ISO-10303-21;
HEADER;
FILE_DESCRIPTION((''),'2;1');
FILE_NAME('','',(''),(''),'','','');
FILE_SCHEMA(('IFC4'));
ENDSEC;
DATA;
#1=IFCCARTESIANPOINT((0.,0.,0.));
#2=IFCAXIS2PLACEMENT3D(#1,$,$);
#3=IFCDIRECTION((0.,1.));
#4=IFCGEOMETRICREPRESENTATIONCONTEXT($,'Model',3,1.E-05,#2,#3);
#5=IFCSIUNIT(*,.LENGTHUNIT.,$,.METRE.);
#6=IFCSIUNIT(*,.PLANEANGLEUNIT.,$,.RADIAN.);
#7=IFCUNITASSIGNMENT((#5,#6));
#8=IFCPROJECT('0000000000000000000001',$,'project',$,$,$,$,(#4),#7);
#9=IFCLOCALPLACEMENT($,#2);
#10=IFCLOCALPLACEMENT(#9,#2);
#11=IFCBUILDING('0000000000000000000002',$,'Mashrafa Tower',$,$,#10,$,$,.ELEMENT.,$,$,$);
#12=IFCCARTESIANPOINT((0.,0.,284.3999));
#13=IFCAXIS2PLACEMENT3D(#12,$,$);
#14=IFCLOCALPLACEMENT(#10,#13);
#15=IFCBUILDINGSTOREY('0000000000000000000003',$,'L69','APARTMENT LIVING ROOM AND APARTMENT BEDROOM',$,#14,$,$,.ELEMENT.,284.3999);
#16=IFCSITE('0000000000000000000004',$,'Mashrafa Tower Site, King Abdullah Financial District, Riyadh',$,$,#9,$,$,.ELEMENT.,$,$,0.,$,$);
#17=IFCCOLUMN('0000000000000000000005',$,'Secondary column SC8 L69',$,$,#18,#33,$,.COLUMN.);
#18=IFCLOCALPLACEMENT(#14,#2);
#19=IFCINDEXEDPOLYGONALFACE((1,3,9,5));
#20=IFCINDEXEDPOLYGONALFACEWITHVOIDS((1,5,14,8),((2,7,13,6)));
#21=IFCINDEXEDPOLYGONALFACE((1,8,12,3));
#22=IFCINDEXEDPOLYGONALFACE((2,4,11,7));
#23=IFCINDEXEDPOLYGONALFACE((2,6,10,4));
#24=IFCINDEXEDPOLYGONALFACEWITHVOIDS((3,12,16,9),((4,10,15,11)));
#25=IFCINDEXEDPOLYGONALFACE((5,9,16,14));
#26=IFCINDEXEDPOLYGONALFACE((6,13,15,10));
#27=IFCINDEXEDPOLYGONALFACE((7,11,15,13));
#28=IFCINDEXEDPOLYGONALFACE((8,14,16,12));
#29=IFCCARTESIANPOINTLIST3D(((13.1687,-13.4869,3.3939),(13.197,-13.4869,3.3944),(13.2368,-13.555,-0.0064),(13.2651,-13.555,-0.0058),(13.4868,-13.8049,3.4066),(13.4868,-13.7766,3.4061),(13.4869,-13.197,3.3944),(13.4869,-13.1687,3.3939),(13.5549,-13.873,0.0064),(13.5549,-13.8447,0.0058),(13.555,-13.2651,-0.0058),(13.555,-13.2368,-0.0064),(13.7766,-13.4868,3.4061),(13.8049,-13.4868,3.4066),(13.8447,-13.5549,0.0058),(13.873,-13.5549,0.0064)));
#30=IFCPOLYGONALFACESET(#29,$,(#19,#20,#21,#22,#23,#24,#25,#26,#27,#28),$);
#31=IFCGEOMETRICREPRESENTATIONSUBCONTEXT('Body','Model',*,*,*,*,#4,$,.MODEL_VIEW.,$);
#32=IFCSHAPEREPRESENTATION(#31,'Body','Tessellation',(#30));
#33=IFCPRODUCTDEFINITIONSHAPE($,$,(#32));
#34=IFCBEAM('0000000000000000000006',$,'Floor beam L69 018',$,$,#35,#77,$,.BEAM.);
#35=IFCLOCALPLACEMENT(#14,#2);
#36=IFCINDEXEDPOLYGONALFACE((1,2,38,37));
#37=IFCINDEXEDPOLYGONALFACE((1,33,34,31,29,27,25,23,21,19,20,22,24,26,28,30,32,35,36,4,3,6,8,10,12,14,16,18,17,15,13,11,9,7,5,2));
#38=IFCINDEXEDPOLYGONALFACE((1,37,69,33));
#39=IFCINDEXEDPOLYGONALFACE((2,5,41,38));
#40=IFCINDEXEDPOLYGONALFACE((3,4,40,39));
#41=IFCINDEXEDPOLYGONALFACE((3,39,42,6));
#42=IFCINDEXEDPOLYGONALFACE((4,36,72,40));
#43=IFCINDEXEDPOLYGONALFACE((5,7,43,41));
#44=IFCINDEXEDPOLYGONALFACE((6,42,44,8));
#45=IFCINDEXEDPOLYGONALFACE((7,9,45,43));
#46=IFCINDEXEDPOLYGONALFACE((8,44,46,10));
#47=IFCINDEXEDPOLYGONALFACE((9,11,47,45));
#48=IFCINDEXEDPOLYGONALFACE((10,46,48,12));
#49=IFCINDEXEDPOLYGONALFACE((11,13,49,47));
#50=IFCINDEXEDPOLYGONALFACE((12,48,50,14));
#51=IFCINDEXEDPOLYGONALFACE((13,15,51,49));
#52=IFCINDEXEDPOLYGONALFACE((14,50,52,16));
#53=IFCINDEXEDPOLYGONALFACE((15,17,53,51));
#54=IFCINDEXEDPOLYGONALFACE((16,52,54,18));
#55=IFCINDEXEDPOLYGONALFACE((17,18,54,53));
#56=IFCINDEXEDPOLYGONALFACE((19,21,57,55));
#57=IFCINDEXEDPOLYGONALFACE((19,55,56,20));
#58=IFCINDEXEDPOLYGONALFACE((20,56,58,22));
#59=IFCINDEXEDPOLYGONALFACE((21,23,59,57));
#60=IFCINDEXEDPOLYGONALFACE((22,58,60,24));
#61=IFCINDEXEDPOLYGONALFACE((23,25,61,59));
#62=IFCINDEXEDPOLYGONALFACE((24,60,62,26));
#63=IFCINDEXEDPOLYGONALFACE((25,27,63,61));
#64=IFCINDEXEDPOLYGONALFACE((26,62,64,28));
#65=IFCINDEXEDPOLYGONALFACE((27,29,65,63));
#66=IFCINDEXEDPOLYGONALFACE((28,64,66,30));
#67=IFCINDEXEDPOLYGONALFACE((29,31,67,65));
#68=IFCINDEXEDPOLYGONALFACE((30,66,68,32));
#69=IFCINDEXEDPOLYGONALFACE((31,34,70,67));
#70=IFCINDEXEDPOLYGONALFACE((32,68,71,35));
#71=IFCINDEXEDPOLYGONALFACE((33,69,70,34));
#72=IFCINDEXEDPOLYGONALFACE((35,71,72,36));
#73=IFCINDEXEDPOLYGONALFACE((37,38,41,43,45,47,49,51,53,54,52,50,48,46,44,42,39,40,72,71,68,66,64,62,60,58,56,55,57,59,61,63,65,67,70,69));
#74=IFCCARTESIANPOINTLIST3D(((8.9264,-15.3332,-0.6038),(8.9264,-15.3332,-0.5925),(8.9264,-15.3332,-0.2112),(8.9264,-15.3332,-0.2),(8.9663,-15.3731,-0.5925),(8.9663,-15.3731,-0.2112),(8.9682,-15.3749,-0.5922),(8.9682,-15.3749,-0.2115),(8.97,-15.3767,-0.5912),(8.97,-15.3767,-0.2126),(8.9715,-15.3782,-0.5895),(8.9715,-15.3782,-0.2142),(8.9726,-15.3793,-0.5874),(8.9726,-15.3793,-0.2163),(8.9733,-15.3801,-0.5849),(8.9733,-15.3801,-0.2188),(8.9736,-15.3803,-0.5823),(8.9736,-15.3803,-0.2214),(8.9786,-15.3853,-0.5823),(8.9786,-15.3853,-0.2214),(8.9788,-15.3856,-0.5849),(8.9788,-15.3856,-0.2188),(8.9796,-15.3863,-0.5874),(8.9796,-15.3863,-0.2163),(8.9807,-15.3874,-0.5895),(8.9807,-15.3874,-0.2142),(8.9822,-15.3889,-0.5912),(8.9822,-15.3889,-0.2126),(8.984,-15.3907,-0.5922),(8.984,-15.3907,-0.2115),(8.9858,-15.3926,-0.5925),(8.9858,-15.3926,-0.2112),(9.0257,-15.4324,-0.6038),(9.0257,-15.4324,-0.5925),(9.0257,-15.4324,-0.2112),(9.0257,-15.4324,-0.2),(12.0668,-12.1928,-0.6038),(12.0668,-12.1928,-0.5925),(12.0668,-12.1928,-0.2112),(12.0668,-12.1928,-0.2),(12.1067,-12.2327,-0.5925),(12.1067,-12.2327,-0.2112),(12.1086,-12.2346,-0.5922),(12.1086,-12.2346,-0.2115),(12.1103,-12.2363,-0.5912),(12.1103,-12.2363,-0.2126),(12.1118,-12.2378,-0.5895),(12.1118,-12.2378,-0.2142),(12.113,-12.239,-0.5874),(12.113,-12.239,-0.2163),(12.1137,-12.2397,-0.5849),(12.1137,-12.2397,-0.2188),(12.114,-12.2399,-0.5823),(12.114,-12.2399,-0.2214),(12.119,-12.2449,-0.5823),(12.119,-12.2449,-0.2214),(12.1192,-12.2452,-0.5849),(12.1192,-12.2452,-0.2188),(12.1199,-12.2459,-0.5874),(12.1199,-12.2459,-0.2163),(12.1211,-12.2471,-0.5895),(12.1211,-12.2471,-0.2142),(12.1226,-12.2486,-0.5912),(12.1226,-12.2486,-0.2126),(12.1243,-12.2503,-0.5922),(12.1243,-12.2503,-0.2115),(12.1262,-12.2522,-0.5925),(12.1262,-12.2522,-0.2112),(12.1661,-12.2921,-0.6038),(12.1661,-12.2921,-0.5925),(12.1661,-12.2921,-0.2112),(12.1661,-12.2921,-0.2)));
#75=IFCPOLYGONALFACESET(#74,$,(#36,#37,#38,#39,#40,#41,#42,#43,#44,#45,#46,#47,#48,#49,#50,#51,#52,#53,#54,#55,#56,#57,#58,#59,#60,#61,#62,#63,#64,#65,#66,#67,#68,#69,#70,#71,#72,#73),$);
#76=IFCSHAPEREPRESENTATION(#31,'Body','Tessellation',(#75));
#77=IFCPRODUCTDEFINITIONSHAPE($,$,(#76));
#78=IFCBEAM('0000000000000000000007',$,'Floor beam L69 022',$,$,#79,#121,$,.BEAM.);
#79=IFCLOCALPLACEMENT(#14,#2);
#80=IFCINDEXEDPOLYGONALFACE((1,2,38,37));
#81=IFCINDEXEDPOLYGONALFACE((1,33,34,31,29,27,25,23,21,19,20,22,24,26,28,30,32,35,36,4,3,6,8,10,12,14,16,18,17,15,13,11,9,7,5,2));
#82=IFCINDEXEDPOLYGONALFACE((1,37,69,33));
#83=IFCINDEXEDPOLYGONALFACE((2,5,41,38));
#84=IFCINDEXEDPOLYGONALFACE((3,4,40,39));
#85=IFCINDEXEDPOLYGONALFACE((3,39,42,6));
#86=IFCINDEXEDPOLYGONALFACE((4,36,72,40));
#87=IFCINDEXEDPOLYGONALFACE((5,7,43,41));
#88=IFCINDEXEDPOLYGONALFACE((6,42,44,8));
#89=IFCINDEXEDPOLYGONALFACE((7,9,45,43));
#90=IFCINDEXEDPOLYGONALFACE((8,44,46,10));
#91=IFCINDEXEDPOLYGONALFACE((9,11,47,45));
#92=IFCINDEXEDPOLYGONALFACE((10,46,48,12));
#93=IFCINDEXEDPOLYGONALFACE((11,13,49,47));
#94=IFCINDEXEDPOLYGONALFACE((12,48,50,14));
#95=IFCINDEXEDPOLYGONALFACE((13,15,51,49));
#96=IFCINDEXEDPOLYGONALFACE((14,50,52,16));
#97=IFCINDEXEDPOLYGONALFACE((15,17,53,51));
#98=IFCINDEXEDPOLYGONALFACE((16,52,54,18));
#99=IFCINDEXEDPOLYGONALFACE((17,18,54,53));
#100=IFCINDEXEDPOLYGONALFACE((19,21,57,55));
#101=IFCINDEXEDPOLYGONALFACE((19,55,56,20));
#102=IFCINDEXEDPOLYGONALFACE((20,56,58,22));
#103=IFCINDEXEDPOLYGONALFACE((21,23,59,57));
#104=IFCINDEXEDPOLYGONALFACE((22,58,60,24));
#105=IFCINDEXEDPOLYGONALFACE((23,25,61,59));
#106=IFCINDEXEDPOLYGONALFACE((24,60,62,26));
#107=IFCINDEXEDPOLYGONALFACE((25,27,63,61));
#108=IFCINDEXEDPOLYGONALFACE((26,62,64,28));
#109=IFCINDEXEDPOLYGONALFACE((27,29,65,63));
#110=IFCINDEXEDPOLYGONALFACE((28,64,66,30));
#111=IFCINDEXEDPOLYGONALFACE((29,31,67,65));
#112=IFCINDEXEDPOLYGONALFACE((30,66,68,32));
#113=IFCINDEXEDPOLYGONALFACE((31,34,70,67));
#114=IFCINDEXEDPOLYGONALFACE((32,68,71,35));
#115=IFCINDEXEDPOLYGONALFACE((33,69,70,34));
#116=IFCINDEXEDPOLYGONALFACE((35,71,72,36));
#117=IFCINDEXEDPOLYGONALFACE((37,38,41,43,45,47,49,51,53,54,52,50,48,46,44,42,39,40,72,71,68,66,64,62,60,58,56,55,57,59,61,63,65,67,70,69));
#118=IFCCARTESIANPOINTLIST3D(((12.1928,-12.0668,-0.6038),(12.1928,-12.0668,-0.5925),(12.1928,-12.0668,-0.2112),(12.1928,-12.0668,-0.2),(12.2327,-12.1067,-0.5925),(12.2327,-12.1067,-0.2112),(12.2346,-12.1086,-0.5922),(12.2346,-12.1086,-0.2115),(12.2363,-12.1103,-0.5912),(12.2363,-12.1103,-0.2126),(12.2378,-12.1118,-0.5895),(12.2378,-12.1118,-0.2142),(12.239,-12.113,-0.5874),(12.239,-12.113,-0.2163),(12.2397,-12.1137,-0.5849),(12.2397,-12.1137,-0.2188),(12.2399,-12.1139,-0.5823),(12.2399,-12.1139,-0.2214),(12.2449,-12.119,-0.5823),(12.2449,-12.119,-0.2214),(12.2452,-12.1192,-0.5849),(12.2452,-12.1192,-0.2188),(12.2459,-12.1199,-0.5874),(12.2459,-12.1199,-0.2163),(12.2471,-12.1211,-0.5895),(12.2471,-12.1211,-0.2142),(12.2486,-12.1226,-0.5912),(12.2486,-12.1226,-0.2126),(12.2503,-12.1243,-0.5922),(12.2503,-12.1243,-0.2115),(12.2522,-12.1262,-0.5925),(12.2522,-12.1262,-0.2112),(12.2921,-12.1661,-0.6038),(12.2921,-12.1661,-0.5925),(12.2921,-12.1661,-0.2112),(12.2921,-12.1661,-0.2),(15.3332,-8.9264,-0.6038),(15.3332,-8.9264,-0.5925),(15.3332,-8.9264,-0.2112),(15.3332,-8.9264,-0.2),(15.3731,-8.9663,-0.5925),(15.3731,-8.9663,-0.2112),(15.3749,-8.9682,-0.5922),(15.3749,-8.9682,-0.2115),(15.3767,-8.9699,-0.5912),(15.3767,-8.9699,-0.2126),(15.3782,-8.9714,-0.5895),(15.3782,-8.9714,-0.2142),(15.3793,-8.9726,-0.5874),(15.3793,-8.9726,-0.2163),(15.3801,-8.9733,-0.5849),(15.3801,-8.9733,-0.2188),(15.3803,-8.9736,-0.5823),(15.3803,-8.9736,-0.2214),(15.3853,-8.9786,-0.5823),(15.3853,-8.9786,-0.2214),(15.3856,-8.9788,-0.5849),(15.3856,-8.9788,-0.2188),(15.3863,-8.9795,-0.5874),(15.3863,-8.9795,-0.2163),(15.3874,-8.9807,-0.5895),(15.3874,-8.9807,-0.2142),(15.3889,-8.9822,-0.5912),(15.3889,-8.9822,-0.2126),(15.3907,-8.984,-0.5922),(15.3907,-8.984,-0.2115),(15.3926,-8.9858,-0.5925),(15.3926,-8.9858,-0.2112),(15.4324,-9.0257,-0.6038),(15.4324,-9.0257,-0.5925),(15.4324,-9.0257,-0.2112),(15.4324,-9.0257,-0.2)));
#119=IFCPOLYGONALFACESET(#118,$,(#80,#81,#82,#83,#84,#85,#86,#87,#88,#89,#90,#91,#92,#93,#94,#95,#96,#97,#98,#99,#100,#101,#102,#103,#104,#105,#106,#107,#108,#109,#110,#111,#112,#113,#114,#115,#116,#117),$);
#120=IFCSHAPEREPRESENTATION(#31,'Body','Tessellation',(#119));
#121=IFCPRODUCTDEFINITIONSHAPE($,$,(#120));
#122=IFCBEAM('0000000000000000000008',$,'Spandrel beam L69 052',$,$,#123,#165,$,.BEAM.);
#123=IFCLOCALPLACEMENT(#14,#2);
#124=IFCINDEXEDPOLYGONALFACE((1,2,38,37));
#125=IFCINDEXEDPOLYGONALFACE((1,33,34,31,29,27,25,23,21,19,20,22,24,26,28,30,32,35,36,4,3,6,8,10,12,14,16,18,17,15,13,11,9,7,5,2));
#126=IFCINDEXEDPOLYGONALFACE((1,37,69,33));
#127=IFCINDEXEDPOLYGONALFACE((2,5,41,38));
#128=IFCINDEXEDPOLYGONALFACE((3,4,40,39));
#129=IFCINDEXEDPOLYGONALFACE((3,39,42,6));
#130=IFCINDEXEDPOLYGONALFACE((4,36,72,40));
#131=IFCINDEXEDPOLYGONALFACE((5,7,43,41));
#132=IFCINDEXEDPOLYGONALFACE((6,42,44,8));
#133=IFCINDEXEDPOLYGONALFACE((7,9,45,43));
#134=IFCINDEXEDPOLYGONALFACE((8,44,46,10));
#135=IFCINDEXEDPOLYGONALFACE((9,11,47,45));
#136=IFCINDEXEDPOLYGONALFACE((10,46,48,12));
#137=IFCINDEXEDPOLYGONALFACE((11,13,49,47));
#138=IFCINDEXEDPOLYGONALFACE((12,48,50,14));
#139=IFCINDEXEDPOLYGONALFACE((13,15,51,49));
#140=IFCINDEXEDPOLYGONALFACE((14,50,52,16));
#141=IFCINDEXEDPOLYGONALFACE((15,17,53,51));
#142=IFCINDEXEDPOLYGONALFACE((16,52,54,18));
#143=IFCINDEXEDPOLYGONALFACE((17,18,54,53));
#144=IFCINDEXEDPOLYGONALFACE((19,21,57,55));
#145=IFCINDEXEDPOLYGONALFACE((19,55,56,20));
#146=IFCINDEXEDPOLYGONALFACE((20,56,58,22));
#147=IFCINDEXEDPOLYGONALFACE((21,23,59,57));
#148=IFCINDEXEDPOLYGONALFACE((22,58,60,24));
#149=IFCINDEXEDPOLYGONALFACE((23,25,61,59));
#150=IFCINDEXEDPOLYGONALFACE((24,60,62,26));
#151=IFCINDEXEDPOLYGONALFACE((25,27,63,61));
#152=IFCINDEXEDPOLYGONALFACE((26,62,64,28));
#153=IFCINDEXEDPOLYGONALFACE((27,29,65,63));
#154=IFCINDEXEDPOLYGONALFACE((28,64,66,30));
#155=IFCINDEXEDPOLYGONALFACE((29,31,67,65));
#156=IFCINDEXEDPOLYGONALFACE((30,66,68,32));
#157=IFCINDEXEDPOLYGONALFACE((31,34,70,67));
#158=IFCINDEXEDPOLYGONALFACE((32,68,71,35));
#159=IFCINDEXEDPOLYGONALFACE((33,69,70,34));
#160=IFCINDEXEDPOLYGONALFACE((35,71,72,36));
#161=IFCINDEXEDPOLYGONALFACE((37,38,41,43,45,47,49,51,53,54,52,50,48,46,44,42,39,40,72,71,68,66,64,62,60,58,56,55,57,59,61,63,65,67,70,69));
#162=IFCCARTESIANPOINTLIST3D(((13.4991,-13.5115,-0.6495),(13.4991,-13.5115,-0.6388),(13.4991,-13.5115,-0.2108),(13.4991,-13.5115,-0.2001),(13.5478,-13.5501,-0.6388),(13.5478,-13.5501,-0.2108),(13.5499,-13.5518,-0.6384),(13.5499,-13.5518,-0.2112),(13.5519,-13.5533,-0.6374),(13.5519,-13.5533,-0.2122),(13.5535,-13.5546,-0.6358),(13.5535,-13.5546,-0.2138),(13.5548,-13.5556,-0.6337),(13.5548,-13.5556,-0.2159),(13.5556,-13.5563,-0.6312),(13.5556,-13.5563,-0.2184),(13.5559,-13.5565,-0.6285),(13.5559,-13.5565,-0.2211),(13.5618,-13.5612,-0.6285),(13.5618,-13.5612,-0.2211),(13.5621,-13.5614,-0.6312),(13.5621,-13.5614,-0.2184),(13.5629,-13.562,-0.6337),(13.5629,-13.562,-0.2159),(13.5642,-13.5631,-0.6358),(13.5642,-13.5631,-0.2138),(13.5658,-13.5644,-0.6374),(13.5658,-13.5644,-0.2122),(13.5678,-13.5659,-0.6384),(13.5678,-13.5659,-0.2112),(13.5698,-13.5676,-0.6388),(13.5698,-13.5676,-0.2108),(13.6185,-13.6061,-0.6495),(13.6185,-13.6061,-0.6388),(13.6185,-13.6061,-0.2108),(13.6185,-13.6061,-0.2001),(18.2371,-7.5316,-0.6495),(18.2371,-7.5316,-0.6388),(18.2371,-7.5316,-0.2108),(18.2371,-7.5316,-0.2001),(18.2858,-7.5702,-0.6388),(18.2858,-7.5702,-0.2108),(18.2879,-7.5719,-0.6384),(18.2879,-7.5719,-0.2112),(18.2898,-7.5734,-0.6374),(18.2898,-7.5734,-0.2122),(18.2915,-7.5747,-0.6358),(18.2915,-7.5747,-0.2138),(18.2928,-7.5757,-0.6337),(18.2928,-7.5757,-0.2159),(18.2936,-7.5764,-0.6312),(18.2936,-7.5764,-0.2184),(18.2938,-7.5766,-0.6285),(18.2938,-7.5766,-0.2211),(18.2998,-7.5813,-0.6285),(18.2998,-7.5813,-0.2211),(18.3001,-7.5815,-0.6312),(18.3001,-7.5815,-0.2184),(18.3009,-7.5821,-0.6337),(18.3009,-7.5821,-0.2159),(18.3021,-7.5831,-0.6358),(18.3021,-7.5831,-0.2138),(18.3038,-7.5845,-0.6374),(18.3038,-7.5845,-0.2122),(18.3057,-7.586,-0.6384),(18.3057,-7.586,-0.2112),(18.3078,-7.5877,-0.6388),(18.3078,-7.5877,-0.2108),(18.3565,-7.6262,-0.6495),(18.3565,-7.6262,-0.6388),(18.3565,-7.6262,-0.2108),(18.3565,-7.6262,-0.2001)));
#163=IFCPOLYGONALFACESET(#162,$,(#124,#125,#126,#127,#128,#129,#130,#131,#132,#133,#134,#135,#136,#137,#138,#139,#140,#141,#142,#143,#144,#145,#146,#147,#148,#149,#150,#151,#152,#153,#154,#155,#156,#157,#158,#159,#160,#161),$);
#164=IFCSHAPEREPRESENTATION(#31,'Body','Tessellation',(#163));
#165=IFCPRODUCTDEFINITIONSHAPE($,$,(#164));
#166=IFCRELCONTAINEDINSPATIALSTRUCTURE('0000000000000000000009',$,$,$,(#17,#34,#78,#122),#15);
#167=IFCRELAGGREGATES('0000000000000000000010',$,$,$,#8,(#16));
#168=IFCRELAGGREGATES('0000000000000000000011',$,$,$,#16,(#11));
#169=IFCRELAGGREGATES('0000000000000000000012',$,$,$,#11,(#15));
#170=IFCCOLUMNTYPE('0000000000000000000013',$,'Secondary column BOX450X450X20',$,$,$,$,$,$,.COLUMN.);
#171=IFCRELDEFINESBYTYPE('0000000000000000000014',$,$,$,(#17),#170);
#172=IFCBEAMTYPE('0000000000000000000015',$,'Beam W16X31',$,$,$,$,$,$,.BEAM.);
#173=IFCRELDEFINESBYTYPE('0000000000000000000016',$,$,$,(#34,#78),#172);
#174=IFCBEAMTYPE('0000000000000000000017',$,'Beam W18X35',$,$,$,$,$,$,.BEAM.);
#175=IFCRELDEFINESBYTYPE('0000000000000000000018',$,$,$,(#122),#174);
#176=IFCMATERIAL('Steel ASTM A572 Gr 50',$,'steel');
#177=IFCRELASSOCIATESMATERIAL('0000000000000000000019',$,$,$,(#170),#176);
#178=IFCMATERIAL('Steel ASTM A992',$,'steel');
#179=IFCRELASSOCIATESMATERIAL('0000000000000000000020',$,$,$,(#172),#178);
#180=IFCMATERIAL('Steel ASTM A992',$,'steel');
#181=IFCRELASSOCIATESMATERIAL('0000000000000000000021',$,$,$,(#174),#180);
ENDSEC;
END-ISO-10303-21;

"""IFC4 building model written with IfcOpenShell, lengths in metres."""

from ifc_helpers import new_model, si_unit, direction, frame, origin, origin_2d, place, context, subcontext, project, spatial, hollow_rectangle, i_section, extrude, material, material_profile, profile_set, type_object, element, save


model = new_model("IFC4")

# Units and contexts
model_context = context("Model", 3, precision=1e-05, world=origin(), true_north=direction((0.0, 1.0)))
body_context = subcontext(model_context, "Body", "Model", "MODEL_VIEW")
ifc_project = project(units=[si_unit("LENGTHUNIT", "METRE"), si_unit("PLANEANGLEUNIT", "RADIAN")], contexts=[model_context])

# Site, building, storey
site_placement = place(None, origin())
site = spatial("IfcSite", under=ifc_project, at=site_placement, Name="Mashrafa Tower Site, King Abdullah Financial District, Riyadh", CompositionType="ELEMENT", RefElevation=0.0)
building_placement = place(site_placement, origin())
building = spatial("IfcBuilding", under=site, at=building_placement, Name="Mashrafa Tower", CompositionType="ELEMENT")
storey_placement = place(building_placement, frame((0.0, 0.0, 284.3999)))
storey = spatial("IfcBuildingStorey", under=building, at=storey_placement, Name="L69", Description="APARTMENT LIVING ROOM AND APARTMENT BEDROOM", CompositionType="ELEMENT", Elevation=284.3999)

# Column
ifc_material_1 = material(Name="Steel ASTM A572 Gr 50", Category="steel")
ifc_material_profile_1 = material_profile(ifc_material_1, hollow_rectangle(XDim=0.45, YDim=0.45, WallThickness=0.02, at=origin_2d()), Name="BOX450X450X20")
ifc_profile_set_1 = profile_set([ifc_material_profile_1], Name="Steel ASTM A572 Gr 50")
column_type = type_object("IfcColumnType", Name="Secondary column BOX450X450X20", PredefinedType="COLUMN", material=ifc_profile_set_1)
column_placement = place(storey_placement, frame((13.5549, -13.5549, 0.0), z_axis=(-0.020025, 0.020025, 0.999599), x_axis=(-0.707107, -0.707107, 0.0)))
element("IfcColumn", 1, at=column_placement, inside=storey, type_object=column_type, Name="Secondary column SC8 L69", PredefinedType="COLUMN", context=body_context, shape_type="SweptSolid", body=[
    extrude(hollow_rectangle(XDim=0.45, YDim=0.45, WallThickness=0.02, at=origin_2d()), origin(), (0.0, 0.0, 1.0), 3.4016),
])

# Beams
ifc_material_2 = material(Name="Steel ASTM A992", Category="steel")
ifc_material_profile_2 = material_profile(ifc_material_2, i_section(OverallWidth=0.1404, OverallDepth=0.4038, WebThickness=0.0071, FlangeThickness=0.0112, FilletRadius=0.0103, at=origin_2d()), Name="W16X31")
ifc_profile_set_2 = profile_set([ifc_material_profile_2], Name="Steel ASTM A992")
beam_type_1 = type_object("IfcBeamType", Name="Beam W16X31", PredefinedType="BEAM", material=ifc_profile_set_2)
for number, where, z_axis, x_axis, name in (
    (2, (12.1165, -12.2424, -0.4019), (-0.707107, -0.707107, 0.0), (0.707107, -0.707107, 0.0), "Floor beam L69 018"),
    (3, (15.3828, -8.9761, -0.4019), (-0.707107, -0.707107, 0.0), (0.707107, -0.707107, 0.0), "Floor beam L69 022"),
):
    element("IfcBeam", number, at=place(storey_placement, frame(where, z_axis=z_axis, x_axis=x_axis)), inside=storey, type_object=beam_type_1, Name=name, PredefinedType="BEAM", context=body_context, shape_type="SweptSolid", body=[
        extrude(i_section(OverallWidth=0.1404, OverallDepth=0.4038, WebThickness=0.0071, FlangeThickness=0.0112, FilletRadius=0.0103, at=origin_2d()), origin(), (0.0, 0.0, 1.0), 4.4412),
    ])
ifc_material_3 = material(Name="Steel ASTM A992", Category="steel")
ifc_material_profile_3 = material_profile(ifc_material_3, i_section(OverallWidth=0.1523, OverallDepth=0.4495, WebThickness=0.0076, FlangeThickness=0.0107, FilletRadius=0.0103, at=origin_2d()), Name="W18X35")
ifc_profile_set_3 = profile_set([ifc_material_profile_3], Name="Steel ASTM A992")
beam_type_2 = type_object("IfcBeamType", Name="Beam W18X35", PredefinedType="BEAM", material=ifc_profile_set_3)
beam_1_placement = place(storey_placement, frame((13.5588, -13.5588, -0.4248), z_axis=(0.621016, 0.783798, 0.0), x_axis=(-0.783798, 0.621016, 0.0)))
element("IfcBeam", 4, at=beam_1_placement, inside=storey, type_object=beam_type_2, Name="Spandrel beam L69 052", PredefinedType="BEAM", context=body_context, shape_type="SweptSolid", body=[
    extrude(i_section(OverallWidth=0.1523, OverallDepth=0.4495, WebThickness=0.0076, FlangeThickness=0.0107, FilletRadius=0.0103, at=origin_2d()), origin(), (0.0, 0.0, 1.0), 7.6294),
])

save(model, "model.ifc")
